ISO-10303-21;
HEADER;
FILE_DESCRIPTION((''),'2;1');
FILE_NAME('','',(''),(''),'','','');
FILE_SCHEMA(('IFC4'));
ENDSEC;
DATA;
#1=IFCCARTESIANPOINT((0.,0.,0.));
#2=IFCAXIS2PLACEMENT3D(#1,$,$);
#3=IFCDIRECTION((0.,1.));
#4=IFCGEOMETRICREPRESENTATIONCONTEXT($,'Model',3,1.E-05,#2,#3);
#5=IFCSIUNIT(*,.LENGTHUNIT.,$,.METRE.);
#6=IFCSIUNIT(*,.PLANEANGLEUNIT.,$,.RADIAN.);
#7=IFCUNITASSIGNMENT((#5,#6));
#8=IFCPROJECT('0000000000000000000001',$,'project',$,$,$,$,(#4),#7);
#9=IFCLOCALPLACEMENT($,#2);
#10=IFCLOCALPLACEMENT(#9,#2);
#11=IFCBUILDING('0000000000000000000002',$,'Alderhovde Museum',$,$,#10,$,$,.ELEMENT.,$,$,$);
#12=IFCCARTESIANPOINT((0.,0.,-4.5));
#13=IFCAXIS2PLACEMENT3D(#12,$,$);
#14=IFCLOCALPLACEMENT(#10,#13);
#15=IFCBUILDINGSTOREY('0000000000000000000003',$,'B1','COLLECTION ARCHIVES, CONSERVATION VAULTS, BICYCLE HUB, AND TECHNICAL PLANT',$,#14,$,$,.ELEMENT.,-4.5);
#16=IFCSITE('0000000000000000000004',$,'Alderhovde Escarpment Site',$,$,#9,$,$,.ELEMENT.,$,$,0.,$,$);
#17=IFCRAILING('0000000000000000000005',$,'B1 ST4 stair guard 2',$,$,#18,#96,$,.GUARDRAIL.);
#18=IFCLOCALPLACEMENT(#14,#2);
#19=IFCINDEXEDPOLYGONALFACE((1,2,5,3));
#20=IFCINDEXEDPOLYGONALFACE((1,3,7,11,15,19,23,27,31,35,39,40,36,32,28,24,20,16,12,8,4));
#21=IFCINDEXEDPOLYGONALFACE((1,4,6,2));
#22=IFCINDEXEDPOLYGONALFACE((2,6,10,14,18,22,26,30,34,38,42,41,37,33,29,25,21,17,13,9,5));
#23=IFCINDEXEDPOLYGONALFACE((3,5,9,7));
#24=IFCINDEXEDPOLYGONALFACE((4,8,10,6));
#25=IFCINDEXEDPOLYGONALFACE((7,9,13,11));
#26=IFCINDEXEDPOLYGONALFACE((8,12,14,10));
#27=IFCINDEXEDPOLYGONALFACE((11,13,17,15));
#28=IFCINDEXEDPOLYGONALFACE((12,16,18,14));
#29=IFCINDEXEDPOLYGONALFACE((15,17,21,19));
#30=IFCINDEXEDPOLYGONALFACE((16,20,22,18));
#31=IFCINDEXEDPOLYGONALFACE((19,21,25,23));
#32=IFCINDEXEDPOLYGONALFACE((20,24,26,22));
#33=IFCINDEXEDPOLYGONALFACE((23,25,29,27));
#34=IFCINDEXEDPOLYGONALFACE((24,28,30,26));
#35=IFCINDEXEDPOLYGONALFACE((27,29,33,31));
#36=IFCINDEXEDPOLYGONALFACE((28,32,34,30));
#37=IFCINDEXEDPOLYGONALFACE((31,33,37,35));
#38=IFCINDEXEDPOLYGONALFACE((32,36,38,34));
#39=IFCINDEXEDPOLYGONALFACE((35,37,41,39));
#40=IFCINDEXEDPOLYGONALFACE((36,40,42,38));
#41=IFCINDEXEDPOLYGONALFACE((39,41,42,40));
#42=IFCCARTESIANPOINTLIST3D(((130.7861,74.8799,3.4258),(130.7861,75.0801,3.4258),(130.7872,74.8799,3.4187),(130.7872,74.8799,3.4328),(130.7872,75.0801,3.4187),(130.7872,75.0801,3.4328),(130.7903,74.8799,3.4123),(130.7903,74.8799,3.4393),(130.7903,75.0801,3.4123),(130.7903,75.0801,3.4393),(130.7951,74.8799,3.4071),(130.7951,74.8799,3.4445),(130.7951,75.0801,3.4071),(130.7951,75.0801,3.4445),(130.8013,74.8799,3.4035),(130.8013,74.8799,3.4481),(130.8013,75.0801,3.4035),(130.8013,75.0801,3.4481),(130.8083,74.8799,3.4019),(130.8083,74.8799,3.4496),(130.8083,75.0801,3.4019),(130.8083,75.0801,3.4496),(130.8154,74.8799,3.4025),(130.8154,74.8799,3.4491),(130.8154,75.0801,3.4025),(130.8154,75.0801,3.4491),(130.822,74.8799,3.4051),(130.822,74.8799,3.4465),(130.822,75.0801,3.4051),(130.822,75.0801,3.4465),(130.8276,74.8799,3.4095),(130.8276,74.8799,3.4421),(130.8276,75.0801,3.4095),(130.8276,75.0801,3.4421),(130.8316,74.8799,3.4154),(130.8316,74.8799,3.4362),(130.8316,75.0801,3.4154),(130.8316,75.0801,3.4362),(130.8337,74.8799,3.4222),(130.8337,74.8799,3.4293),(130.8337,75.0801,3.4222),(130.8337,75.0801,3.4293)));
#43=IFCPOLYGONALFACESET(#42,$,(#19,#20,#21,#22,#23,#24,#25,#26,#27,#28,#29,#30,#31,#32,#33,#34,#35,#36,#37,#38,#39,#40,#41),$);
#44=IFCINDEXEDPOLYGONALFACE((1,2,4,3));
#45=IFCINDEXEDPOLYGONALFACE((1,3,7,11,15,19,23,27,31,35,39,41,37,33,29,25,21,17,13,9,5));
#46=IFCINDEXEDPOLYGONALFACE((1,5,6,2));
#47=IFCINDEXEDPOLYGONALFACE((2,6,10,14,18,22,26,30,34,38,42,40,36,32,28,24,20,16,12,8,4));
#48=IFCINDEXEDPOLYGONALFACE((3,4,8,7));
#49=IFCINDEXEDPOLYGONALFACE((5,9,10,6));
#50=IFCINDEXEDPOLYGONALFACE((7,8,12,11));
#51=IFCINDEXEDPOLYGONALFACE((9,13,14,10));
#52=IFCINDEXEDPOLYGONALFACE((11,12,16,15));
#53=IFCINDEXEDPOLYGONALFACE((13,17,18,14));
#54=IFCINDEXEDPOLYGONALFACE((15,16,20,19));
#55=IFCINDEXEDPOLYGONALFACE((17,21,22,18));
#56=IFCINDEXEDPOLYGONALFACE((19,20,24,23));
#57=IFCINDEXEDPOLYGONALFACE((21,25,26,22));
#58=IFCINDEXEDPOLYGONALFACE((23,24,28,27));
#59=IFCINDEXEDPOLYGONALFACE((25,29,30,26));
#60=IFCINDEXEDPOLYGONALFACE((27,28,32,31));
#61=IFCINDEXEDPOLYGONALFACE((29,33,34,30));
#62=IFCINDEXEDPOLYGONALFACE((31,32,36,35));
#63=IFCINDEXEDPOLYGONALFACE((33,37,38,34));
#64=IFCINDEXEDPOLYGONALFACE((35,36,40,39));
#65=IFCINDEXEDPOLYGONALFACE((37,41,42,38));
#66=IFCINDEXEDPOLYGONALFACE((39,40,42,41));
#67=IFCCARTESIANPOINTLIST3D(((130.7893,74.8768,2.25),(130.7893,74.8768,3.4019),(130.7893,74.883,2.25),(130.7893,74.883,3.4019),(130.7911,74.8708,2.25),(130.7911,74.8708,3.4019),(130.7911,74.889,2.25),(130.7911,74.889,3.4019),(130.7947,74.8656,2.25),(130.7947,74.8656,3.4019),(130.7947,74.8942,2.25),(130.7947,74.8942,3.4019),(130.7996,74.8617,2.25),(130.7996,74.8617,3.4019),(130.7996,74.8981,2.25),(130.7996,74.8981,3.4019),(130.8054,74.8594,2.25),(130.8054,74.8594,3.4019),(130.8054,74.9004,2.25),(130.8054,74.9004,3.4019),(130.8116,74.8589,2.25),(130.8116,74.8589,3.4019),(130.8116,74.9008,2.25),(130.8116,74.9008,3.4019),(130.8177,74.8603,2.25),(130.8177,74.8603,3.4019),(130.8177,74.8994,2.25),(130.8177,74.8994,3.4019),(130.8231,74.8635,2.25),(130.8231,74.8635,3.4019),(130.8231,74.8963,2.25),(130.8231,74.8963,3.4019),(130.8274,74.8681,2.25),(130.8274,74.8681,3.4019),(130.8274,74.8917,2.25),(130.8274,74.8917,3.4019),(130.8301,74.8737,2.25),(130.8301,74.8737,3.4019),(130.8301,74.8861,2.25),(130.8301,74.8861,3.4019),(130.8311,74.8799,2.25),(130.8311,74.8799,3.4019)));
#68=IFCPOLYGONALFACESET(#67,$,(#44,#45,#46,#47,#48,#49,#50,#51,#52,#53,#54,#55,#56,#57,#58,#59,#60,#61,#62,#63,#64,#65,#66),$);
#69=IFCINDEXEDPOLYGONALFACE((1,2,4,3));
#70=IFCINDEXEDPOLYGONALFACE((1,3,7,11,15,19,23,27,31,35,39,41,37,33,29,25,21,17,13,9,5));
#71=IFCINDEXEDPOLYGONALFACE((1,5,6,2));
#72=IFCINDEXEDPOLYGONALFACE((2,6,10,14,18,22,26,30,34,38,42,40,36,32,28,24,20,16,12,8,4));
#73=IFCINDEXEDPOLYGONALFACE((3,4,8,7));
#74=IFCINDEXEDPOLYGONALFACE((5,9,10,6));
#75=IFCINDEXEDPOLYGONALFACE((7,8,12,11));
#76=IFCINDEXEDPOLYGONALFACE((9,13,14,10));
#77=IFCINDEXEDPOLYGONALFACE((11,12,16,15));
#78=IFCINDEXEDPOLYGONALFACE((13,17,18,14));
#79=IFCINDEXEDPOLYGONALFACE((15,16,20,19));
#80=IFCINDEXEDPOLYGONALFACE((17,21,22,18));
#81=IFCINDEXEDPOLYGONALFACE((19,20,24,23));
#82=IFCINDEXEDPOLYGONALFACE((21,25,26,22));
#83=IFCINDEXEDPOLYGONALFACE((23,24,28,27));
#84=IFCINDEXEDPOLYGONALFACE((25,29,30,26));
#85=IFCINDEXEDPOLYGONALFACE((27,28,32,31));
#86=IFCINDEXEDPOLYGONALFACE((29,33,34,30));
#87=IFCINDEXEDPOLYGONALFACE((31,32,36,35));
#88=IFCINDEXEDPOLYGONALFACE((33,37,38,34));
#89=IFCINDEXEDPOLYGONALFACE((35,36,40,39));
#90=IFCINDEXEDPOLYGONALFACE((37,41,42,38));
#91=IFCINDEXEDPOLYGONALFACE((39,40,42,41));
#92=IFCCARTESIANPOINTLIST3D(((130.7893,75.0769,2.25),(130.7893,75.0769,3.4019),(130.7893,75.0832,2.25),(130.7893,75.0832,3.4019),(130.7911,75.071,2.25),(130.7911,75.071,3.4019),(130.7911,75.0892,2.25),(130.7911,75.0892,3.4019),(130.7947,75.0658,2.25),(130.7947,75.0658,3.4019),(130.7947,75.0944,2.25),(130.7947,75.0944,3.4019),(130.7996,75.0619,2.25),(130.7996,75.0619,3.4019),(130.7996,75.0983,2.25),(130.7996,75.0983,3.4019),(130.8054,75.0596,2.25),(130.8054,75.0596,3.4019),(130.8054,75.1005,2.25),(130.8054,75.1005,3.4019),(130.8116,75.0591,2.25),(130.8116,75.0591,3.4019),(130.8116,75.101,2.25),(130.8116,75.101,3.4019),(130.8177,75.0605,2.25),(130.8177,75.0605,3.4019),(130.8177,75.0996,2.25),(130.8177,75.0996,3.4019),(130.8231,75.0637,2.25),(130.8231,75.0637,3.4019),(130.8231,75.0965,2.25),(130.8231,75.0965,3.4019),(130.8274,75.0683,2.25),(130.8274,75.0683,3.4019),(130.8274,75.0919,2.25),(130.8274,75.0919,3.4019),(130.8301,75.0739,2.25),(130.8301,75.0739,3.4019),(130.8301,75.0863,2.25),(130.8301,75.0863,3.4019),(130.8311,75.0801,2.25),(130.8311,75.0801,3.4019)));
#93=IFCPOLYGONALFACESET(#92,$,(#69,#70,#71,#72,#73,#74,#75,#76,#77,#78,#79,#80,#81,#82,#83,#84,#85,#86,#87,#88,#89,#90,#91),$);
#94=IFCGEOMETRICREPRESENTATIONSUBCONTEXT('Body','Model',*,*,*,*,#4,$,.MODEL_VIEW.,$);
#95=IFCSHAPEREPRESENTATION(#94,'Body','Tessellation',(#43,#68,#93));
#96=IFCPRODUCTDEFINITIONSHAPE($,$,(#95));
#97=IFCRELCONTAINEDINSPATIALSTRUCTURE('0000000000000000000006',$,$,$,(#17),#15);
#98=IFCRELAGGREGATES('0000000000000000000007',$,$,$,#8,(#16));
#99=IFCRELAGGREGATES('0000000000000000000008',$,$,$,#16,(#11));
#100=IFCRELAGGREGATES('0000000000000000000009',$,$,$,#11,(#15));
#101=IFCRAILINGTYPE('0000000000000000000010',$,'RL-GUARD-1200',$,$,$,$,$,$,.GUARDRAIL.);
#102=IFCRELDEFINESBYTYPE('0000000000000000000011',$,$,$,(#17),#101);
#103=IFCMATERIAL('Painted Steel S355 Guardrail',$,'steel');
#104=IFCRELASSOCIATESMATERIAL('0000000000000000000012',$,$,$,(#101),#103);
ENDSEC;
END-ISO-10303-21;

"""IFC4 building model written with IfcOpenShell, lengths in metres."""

from ifc_helpers import new_model, si_unit, direction, frame, origin, origin_2d, place, context, subcontext, project, spatial, circle, extrude, material, type_object, element, save


model = new_model("IFC4")

# Units and contexts
model_context = context("Model", 3, precision=1e-05, world=origin(), true_north=direction((0.0, 1.0)))
body_context = subcontext(model_context, "Body", "Model", "MODEL_VIEW")
ifc_project = project(units=[si_unit("LENGTHUNIT", "METRE"), si_unit("PLANEANGLEUNIT", "RADIAN")], contexts=[model_context])

# Site, building, storey
site_placement = place(None, origin())
site = spatial("IfcSite", under=ifc_project, at=site_placement, Name="Alderhovde Escarpment Site", CompositionType="ELEMENT", RefElevation=0.0)
building_placement = place(site_placement, origin())
building = spatial("IfcBuilding", under=site, at=building_placement, Name="Alderhovde Museum", CompositionType="ELEMENT")
storey_placement = place(building_placement, frame((0.0, 0.0, -4.5)))
storey = spatial("IfcBuildingStorey", under=building, at=storey_placement, Name="B1", Description="COLLECTION ARCHIVES, CONSERVATION VAULTS, BICYCLE HUB, AND TECHNICAL PLANT", CompositionType="ELEMENT", Elevation=-4.5)

# Railing
ifc_material_1 = material(Name="Painted Steel S355 Guardrail", Category="steel")
railing_type_1 = type_object("IfcRailingType", Name="RL-GUARD-1200", PredefinedType="GUARDRAIL", material=ifc_material_1)
railing_1_placement = place(storey_placement, frame((130.8101, 74.8799, 2.25)))
element("IfcRailing", 1, at=railing_1_placement, inside=storey, type_object=railing_type_1, Name="B1 ST4 stair guard 2", PredefinedType="GUARDRAIL", context=body_context, shape_type="SweptSolid", body=[
    extrude(circle(Radius=0.0239, at=origin_2d()), frame((0.0, 0.0, 1.1758), z_axis=(0.0, 1.0, 0.0), x_axis=(-1.0, 0.0, 0.0)), (0.0, 0.0, 1.0), 0.2002),
    extrude(circle(Radius=0.021, at=origin_2d()), origin(), (0.0, 0.0, 1.0), 1.1519),
    extrude(circle(Radius=0.021, at=origin_2d()), frame((0.0, 0.2002, 0.0)), (0.0, 0.0, 1.0), 1.1519),
])

save(model, "model.ifc")
